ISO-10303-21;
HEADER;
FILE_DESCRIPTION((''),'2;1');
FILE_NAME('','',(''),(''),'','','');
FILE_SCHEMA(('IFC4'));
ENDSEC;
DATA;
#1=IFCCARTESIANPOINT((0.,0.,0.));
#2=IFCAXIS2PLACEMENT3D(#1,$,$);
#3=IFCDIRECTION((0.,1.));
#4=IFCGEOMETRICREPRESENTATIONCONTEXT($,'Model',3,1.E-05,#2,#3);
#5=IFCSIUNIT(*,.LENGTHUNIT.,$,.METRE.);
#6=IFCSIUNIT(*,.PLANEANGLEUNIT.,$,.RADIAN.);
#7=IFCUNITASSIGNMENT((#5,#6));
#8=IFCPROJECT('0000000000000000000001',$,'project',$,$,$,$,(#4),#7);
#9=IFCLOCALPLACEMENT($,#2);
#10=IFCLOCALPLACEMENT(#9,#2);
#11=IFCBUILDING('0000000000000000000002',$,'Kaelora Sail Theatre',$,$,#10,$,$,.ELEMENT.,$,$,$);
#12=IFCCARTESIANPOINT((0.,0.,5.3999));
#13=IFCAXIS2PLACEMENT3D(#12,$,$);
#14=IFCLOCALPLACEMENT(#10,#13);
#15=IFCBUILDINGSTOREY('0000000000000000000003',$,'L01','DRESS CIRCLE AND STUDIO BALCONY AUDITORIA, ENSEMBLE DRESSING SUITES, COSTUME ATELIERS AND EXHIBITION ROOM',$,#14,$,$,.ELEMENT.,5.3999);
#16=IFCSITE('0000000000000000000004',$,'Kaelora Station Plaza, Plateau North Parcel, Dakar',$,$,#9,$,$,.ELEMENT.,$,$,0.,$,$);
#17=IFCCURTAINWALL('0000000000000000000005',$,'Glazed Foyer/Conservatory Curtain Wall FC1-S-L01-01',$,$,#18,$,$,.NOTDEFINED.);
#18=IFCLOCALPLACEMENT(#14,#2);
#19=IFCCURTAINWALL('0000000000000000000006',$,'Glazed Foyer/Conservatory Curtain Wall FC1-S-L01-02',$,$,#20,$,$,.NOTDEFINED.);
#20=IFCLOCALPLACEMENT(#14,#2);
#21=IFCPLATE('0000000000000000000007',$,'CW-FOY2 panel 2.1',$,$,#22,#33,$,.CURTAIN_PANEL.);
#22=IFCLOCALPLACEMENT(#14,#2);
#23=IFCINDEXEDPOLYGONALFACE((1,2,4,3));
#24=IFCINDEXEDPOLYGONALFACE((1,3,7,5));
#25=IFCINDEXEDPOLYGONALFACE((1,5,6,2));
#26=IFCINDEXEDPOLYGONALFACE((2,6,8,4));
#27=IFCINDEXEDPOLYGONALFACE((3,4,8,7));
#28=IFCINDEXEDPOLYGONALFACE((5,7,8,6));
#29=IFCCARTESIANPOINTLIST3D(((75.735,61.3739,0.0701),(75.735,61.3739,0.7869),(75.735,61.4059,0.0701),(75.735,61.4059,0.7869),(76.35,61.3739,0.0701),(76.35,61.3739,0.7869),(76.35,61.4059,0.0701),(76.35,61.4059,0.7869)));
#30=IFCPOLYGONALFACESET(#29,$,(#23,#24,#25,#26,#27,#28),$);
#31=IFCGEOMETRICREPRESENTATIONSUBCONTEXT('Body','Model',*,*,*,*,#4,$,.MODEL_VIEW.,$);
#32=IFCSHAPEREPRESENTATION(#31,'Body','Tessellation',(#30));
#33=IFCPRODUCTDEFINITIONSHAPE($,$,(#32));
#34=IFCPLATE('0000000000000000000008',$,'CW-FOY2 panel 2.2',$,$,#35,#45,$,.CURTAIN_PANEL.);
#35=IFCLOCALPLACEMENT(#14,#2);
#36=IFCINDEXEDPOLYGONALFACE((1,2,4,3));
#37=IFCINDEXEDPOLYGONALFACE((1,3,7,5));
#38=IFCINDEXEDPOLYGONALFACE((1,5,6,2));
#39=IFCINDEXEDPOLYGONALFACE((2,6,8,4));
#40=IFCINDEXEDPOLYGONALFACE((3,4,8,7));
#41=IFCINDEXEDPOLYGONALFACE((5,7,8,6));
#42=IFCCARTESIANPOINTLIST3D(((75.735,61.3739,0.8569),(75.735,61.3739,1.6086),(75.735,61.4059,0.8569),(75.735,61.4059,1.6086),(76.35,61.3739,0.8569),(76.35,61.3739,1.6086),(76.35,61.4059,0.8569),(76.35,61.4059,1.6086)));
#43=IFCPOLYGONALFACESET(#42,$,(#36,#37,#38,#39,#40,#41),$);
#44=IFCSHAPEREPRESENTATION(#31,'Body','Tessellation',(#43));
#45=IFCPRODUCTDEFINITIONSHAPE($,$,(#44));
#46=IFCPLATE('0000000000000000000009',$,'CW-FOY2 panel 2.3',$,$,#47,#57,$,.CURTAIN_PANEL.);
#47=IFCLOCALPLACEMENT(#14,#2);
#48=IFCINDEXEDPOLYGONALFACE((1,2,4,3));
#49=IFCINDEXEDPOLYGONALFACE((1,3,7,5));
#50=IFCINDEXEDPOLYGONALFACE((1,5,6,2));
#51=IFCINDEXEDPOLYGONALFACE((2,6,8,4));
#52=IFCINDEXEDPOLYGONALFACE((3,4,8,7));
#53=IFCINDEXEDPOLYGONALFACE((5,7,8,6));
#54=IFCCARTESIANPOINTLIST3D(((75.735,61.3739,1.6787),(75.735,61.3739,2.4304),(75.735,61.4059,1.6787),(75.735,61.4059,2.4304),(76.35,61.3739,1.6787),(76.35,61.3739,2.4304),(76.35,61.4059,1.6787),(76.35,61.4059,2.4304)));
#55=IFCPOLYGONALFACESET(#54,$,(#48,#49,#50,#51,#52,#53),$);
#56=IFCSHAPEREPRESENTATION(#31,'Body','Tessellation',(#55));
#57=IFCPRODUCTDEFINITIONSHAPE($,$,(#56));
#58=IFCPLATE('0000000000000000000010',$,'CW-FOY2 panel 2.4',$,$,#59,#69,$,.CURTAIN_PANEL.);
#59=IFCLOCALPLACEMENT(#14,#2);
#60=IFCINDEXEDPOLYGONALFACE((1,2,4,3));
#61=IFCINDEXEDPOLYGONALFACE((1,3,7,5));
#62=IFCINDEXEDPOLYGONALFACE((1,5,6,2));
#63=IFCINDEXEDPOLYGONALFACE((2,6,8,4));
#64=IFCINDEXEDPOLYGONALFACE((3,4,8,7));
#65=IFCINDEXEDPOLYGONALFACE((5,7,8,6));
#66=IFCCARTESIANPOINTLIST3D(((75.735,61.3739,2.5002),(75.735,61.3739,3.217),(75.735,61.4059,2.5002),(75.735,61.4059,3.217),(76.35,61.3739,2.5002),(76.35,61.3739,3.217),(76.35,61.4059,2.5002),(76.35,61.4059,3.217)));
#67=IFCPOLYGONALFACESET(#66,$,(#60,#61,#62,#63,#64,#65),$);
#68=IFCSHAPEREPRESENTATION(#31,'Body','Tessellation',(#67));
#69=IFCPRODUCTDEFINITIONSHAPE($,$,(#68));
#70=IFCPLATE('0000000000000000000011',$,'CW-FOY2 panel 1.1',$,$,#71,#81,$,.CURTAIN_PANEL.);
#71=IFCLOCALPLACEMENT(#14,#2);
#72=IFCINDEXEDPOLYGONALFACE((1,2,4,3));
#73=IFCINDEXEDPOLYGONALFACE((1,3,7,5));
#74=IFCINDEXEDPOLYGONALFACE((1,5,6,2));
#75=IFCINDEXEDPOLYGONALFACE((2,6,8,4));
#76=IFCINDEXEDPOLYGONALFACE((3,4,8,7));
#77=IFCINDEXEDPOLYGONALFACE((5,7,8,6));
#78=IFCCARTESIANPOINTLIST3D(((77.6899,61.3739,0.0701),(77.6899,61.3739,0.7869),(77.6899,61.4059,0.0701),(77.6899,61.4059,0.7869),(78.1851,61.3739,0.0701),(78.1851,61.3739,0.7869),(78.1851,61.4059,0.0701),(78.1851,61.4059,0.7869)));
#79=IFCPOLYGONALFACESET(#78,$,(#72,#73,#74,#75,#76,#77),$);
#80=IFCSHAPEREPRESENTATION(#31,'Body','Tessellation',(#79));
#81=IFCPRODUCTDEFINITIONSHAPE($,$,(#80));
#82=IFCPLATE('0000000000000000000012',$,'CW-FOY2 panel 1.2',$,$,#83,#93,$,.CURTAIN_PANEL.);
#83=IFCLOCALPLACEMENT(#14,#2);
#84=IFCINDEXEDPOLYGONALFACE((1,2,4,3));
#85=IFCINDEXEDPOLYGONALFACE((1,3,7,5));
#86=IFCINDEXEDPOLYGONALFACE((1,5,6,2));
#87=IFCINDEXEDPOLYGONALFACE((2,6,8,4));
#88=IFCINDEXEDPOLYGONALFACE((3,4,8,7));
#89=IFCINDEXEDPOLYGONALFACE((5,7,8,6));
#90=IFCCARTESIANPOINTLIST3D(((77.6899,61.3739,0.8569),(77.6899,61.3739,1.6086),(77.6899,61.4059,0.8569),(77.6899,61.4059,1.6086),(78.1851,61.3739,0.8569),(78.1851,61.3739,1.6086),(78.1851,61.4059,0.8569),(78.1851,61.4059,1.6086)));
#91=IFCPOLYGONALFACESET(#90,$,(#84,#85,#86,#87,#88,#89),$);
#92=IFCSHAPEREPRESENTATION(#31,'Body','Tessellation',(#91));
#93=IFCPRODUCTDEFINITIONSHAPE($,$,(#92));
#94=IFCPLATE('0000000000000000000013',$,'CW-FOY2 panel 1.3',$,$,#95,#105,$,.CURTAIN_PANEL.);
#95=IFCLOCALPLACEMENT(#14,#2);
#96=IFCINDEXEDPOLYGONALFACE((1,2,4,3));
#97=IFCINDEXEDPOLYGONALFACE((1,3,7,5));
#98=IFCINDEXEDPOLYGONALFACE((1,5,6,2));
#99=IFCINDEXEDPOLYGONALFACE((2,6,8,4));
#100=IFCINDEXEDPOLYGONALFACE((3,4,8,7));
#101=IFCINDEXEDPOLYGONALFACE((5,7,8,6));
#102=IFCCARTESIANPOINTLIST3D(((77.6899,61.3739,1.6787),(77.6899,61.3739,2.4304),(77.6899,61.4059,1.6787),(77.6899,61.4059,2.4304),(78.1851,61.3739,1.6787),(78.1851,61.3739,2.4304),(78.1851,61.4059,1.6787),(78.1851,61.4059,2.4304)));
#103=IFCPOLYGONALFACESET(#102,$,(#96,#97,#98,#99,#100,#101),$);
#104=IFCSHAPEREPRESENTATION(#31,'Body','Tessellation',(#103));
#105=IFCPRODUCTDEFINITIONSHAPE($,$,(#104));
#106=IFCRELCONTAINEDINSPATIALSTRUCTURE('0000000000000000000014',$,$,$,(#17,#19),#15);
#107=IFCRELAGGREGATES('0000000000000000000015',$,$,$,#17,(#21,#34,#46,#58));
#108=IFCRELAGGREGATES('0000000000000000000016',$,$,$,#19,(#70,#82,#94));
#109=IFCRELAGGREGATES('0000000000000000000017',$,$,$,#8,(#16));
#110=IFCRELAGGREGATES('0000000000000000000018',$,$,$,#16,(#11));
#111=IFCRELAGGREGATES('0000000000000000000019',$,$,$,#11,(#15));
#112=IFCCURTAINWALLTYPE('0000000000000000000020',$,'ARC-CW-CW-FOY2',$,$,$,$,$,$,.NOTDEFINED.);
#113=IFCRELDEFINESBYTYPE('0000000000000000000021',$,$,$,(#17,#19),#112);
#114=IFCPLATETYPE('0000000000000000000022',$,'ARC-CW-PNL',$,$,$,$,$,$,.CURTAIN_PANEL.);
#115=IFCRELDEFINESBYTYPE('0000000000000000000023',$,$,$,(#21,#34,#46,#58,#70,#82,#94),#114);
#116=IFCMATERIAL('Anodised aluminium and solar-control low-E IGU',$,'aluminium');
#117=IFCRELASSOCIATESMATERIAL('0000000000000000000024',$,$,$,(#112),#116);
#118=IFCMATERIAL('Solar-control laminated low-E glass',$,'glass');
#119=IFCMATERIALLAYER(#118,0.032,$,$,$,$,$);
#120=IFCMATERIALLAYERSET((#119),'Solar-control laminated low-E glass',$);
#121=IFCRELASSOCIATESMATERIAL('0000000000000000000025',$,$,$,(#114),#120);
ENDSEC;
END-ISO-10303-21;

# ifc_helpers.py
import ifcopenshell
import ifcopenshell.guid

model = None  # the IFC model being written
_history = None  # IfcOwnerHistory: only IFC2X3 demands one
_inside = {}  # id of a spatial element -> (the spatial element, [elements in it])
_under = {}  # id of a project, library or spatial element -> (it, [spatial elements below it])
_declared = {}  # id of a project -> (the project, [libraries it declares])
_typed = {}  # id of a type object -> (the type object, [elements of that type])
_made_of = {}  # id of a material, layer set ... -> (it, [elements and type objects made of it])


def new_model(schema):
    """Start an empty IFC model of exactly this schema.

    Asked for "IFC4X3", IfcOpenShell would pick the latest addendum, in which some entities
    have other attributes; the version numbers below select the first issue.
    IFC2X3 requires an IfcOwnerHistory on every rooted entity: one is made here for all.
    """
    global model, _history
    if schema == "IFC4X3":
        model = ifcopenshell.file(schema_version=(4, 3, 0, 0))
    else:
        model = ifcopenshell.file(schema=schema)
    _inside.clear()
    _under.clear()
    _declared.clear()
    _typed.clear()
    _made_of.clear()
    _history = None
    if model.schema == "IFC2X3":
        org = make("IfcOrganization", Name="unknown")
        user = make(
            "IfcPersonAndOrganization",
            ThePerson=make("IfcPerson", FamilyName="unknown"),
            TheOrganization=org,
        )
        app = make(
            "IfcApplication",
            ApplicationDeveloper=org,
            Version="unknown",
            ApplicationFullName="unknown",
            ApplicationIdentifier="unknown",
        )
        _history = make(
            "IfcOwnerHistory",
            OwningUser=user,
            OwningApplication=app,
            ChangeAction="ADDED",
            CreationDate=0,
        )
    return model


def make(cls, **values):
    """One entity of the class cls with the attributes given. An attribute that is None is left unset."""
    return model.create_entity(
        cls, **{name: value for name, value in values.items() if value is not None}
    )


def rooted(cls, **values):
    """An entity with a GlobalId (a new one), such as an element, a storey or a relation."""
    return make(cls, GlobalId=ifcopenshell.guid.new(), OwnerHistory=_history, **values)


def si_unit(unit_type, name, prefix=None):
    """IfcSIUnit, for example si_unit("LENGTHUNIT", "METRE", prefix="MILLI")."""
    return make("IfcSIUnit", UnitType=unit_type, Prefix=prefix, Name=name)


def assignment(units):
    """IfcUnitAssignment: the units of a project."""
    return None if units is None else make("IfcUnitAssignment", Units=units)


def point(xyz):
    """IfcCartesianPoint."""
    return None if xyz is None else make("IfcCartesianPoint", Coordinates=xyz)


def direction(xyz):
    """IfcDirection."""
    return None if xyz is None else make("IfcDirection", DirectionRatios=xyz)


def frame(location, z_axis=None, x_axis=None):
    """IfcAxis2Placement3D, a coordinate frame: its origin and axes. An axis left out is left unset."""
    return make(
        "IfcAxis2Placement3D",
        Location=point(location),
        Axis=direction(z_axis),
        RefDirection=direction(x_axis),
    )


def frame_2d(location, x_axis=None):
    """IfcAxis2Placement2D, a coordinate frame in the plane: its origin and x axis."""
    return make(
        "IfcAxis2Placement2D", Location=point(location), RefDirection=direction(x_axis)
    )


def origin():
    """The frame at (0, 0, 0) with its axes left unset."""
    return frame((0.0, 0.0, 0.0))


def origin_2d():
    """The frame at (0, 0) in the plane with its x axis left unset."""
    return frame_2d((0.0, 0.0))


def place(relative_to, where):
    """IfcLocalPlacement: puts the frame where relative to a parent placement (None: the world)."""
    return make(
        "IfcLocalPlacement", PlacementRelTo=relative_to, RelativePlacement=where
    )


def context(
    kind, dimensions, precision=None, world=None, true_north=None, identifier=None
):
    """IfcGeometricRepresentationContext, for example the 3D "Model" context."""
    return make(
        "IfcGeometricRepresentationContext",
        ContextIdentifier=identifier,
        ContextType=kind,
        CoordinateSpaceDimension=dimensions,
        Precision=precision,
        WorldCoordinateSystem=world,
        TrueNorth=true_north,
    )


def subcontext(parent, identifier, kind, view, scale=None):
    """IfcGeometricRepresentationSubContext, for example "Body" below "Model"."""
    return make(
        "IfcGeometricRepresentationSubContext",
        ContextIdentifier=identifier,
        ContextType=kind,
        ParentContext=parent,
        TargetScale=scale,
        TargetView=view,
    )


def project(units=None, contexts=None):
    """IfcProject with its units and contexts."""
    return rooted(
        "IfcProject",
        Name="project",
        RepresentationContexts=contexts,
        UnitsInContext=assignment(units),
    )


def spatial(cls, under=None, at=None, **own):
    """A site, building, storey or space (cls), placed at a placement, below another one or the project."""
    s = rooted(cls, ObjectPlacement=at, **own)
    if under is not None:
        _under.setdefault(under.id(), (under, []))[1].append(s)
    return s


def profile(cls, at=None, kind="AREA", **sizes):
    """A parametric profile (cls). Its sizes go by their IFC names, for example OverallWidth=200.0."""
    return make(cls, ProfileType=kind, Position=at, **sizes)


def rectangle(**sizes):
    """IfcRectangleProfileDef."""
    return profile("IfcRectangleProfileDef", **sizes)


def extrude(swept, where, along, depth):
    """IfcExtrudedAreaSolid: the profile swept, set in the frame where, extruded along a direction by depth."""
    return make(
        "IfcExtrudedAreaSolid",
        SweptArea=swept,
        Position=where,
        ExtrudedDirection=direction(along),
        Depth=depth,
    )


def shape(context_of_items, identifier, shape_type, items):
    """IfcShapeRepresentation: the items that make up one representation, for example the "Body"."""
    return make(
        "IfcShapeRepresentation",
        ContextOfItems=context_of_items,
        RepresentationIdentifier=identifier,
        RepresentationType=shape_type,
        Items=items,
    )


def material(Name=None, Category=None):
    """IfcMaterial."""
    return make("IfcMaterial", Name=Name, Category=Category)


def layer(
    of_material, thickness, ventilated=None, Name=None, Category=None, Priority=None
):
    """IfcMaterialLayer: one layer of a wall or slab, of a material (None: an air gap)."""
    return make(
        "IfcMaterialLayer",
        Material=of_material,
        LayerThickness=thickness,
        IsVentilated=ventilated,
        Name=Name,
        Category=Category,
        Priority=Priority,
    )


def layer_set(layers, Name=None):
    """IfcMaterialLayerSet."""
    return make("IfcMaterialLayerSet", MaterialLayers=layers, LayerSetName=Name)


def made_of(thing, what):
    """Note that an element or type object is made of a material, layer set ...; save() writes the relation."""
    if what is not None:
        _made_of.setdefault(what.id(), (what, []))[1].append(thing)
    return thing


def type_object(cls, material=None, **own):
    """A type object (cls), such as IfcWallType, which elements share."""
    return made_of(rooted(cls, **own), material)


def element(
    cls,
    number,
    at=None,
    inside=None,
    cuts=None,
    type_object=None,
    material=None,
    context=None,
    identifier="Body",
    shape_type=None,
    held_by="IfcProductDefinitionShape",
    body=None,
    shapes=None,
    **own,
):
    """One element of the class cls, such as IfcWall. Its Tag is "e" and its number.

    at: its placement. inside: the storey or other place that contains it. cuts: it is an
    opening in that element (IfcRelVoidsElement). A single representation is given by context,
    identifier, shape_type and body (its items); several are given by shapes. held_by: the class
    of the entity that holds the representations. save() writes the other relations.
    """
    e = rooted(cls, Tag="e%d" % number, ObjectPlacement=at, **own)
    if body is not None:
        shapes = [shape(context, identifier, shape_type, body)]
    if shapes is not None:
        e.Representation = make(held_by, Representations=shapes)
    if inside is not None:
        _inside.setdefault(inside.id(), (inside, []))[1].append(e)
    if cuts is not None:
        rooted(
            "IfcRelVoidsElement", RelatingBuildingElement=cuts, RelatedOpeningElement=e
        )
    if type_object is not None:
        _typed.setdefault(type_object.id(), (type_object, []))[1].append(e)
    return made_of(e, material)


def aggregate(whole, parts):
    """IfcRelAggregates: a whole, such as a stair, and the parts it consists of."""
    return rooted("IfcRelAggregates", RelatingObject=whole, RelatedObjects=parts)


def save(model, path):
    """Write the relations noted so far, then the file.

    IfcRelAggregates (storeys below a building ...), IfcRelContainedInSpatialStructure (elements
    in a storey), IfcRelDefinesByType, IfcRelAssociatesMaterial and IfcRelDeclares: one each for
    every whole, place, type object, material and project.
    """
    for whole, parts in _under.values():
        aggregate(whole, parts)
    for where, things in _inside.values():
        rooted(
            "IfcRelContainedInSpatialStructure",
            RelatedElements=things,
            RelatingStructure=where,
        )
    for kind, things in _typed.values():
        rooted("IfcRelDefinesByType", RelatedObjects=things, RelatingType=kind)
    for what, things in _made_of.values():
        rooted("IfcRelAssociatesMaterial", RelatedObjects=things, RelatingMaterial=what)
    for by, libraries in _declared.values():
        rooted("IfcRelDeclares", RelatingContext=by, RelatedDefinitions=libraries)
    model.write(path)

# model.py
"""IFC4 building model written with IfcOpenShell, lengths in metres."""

from ifc_helpers import new_model, si_unit, direction, frame, origin, origin_2d, place, context, subcontext, project, spatial, rectangle, extrude, material, layer, layer_set, type_object, element, aggregate, save


model = new_model("IFC4")

# Units and contexts
model_context = context("Model", 3, precision=1e-05, world=origin(), true_north=direction((0.0, 1.0)))
body_context = subcontext(model_context, "Body", "Model", "MODEL_VIEW")
ifc_project = project(units=[si_unit("LENGTHUNIT", "METRE"), si_unit("PLANEANGLEUNIT", "RADIAN")], contexts=[model_context])

# Site, building, storey
site_placement = place(None, origin())
site = spatial("IfcSite", under=ifc_project, at=site_placement, Name="Kaelora Station Plaza, Plateau North Parcel, Dakar", CompositionType="ELEMENT", RefElevation=0.0)
building_placement = place(site_placement, origin())
building = spatial("IfcBuilding", under=site, at=building_placement, Name="Kaelora Sail Theatre", CompositionType="ELEMENT")
storey_placement = place(building_placement, frame((0.0, 0.0, 5.3999)))
storey = spatial("IfcBuildingStorey", under=building, at=storey_placement, Name="L01", Description="DRESS CIRCLE AND STUDIO BALCONY AUDITORIA, ENSEMBLE DRESSING SUITES, COSTUME ATELIERS AND EXHIBITION ROOM", CompositionType="ELEMENT", Elevation=5.3999)

# Curtain wall
ifc_material_1 = material(Name="Anodised aluminium and solar-control low-E IGU", Category="aluminium")
curtain_wall_type = type_object("IfcCurtainWallType", Name="ARC-CW-CW-FOY2", PredefinedType="NOTDEFINED", material=ifc_material_1)
curtain_wall_1_placement = place(storey_placement, origin())
curtain_wall_1 = element("IfcCurtainWall", 1, at=curtain_wall_1_placement, inside=storey, type_object=curtain_wall_type, Name="Glazed Foyer/Conservatory Curtain Wall FC1-S-L01-01", PredefinedType="NOTDEFINED")

# Curtain wall
curtain_wall_2_placement = place(storey_placement, origin())
curtain_wall_2 = element("IfcCurtainWall", 2, at=curtain_wall_2_placement, inside=storey, type_object=curtain_wall_type, Name="Glazed Foyer/Conservatory Curtain Wall FC1-S-L01-02", PredefinedType="NOTDEFINED")

# Plates
ifc_material_2 = material(Name="Solar-control laminated low-E glass", Category="glass")
ifc_layer = layer(ifc_material_2, 0.032)
ifc_layer_set = layer_set([ifc_layer], Name="Solar-control laminated low-E glass")
plate_type = type_object("IfcPlateType", Name="ARC-CW-PNL", PredefinedType="CURTAIN_PANEL", material=ifc_layer_set)
plate_1_placement = place(storey_placement, frame((76.0425, 61.3899, 0.0701), z_axis=(0.0, 0.0, 1.0), x_axis=(1.0, 0.0, 0.0)))
plate_1 = element("IfcPlate", 3, at=plate_1_placement, type_object=plate_type, Name="CW-FOY2 panel 2.1", PredefinedType="CURTAIN_PANEL", context=body_context, shape_type="SweptSolid", body=[
    extrude(rectangle(XDim=0.615, YDim=0.032, at=origin_2d()), origin(), (0.0, 0.0, 1.0), 0.7168),
])
plate_2_placement = place(storey_placement, frame((76.0425, 61.3899, 0.8569), z_axis=(0.0, 0.0, 1.0), x_axis=(1.0, 0.0, 0.0)))
plate_2 = element("IfcPlate", 4, at=plate_2_placement, type_object=plate_type, Name="CW-FOY2 panel 2.2", PredefinedType="CURTAIN_PANEL", context=body_context, shape_type="SweptSolid", body=[
    extrude(rectangle(XDim=0.615, YDim=0.032, at=origin_2d()), origin(), (0.0, 0.0, 1.0), 0.7517),
])
plate_3_placement = place(storey_placement, frame((76.0425, 61.3899, 1.6787), z_axis=(0.0, 0.0, 1.0), x_axis=(1.0, 0.0, 0.0)))
plate_3 = element("IfcPlate", 5, at=plate_3_placement, type_object=plate_type, Name="CW-FOY2 panel 2.3", PredefinedType="CURTAIN_PANEL", context=body_context, shape_type="SweptSolid", body=[
    extrude(rectangle(XDim=0.615, YDim=0.032, at=origin_2d()), origin(), (0.0, 0.0, 1.0), 0.7517),
])
plate_4_placement = place(storey_placement, frame((76.0425, 61.3899, 2.5002), z_axis=(0.0, 0.0, 1.0), x_axis=(1.0, 0.0, 0.0)))
plate_4 = element("IfcPlate", 6, at=plate_4_placement, type_object=plate_type, Name="CW-FOY2 panel 2.4", PredefinedType="CURTAIN_PANEL", context=body_context, shape_type="SweptSolid", body=[
    extrude(rectangle(XDim=0.615, YDim=0.032, at=origin_2d()), origin(), (0.0, 0.0, 1.0), 0.7168),
])
aggregate(curtain_wall_1, [plate_1, plate_2, plate_3, plate_4])
plate_5_placement = place(storey_placement, frame((77.9375, 61.3899, 0.0701), z_axis=(0.0, 0.0, 1.0), x_axis=(1.0, 0.0, 0.0)))
plate_5 = element("IfcPlate", 7, at=plate_5_placement, type_object=plate_type, Name="CW-FOY2 panel 1.1", PredefinedType="CURTAIN_PANEL", context=body_context, shape_type="SweptSolid", body=[
    extrude(rectangle(XDim=0.4951, YDim=0.032, at=origin_2d()), origin(), (0.0, 0.0, 1.0), 0.7168),
])
plate_6_placement = place(storey_placement, frame((77.9375, 61.3899, 0.8569), z_axis=(0.0, 0.0, 1.0), x_axis=(1.0, 0.0, 0.0)))
plate_6 = element("IfcPlate", 8, at=plate_6_placement, type_object=plate_type, Name="CW-FOY2 panel 1.2", PredefinedType="CURTAIN_PANEL", context=body_context, shape_type="SweptSolid", body=[
    extrude(rectangle(XDim=0.4951, YDim=0.032, at=origin_2d()), origin(), (0.0, 0.0, 1.0), 0.7517),
])
plate_7_placement = place(storey_placement, frame((77.9375, 61.3899, 1.6787), z_axis=(0.0, 0.0, 1.0), x_axis=(1.0, 0.0, 0.0)))
plate_7 = element("IfcPlate", 9, at=plate_7_placement, type_object=plate_type, Name="CW-FOY2 panel 1.3", PredefinedType="CURTAIN_PANEL", context=body_context, shape_type="SweptSolid", body=[
    extrude(rectangle(XDim=0.4951, YDim=0.032, at=origin_2d()), origin(), (0.0, 0.0, 1.0), 0.7517),
])
aggregate(curtain_wall_2, [plate_5, plate_6, plate_7])

save(model, "model.ifc")
